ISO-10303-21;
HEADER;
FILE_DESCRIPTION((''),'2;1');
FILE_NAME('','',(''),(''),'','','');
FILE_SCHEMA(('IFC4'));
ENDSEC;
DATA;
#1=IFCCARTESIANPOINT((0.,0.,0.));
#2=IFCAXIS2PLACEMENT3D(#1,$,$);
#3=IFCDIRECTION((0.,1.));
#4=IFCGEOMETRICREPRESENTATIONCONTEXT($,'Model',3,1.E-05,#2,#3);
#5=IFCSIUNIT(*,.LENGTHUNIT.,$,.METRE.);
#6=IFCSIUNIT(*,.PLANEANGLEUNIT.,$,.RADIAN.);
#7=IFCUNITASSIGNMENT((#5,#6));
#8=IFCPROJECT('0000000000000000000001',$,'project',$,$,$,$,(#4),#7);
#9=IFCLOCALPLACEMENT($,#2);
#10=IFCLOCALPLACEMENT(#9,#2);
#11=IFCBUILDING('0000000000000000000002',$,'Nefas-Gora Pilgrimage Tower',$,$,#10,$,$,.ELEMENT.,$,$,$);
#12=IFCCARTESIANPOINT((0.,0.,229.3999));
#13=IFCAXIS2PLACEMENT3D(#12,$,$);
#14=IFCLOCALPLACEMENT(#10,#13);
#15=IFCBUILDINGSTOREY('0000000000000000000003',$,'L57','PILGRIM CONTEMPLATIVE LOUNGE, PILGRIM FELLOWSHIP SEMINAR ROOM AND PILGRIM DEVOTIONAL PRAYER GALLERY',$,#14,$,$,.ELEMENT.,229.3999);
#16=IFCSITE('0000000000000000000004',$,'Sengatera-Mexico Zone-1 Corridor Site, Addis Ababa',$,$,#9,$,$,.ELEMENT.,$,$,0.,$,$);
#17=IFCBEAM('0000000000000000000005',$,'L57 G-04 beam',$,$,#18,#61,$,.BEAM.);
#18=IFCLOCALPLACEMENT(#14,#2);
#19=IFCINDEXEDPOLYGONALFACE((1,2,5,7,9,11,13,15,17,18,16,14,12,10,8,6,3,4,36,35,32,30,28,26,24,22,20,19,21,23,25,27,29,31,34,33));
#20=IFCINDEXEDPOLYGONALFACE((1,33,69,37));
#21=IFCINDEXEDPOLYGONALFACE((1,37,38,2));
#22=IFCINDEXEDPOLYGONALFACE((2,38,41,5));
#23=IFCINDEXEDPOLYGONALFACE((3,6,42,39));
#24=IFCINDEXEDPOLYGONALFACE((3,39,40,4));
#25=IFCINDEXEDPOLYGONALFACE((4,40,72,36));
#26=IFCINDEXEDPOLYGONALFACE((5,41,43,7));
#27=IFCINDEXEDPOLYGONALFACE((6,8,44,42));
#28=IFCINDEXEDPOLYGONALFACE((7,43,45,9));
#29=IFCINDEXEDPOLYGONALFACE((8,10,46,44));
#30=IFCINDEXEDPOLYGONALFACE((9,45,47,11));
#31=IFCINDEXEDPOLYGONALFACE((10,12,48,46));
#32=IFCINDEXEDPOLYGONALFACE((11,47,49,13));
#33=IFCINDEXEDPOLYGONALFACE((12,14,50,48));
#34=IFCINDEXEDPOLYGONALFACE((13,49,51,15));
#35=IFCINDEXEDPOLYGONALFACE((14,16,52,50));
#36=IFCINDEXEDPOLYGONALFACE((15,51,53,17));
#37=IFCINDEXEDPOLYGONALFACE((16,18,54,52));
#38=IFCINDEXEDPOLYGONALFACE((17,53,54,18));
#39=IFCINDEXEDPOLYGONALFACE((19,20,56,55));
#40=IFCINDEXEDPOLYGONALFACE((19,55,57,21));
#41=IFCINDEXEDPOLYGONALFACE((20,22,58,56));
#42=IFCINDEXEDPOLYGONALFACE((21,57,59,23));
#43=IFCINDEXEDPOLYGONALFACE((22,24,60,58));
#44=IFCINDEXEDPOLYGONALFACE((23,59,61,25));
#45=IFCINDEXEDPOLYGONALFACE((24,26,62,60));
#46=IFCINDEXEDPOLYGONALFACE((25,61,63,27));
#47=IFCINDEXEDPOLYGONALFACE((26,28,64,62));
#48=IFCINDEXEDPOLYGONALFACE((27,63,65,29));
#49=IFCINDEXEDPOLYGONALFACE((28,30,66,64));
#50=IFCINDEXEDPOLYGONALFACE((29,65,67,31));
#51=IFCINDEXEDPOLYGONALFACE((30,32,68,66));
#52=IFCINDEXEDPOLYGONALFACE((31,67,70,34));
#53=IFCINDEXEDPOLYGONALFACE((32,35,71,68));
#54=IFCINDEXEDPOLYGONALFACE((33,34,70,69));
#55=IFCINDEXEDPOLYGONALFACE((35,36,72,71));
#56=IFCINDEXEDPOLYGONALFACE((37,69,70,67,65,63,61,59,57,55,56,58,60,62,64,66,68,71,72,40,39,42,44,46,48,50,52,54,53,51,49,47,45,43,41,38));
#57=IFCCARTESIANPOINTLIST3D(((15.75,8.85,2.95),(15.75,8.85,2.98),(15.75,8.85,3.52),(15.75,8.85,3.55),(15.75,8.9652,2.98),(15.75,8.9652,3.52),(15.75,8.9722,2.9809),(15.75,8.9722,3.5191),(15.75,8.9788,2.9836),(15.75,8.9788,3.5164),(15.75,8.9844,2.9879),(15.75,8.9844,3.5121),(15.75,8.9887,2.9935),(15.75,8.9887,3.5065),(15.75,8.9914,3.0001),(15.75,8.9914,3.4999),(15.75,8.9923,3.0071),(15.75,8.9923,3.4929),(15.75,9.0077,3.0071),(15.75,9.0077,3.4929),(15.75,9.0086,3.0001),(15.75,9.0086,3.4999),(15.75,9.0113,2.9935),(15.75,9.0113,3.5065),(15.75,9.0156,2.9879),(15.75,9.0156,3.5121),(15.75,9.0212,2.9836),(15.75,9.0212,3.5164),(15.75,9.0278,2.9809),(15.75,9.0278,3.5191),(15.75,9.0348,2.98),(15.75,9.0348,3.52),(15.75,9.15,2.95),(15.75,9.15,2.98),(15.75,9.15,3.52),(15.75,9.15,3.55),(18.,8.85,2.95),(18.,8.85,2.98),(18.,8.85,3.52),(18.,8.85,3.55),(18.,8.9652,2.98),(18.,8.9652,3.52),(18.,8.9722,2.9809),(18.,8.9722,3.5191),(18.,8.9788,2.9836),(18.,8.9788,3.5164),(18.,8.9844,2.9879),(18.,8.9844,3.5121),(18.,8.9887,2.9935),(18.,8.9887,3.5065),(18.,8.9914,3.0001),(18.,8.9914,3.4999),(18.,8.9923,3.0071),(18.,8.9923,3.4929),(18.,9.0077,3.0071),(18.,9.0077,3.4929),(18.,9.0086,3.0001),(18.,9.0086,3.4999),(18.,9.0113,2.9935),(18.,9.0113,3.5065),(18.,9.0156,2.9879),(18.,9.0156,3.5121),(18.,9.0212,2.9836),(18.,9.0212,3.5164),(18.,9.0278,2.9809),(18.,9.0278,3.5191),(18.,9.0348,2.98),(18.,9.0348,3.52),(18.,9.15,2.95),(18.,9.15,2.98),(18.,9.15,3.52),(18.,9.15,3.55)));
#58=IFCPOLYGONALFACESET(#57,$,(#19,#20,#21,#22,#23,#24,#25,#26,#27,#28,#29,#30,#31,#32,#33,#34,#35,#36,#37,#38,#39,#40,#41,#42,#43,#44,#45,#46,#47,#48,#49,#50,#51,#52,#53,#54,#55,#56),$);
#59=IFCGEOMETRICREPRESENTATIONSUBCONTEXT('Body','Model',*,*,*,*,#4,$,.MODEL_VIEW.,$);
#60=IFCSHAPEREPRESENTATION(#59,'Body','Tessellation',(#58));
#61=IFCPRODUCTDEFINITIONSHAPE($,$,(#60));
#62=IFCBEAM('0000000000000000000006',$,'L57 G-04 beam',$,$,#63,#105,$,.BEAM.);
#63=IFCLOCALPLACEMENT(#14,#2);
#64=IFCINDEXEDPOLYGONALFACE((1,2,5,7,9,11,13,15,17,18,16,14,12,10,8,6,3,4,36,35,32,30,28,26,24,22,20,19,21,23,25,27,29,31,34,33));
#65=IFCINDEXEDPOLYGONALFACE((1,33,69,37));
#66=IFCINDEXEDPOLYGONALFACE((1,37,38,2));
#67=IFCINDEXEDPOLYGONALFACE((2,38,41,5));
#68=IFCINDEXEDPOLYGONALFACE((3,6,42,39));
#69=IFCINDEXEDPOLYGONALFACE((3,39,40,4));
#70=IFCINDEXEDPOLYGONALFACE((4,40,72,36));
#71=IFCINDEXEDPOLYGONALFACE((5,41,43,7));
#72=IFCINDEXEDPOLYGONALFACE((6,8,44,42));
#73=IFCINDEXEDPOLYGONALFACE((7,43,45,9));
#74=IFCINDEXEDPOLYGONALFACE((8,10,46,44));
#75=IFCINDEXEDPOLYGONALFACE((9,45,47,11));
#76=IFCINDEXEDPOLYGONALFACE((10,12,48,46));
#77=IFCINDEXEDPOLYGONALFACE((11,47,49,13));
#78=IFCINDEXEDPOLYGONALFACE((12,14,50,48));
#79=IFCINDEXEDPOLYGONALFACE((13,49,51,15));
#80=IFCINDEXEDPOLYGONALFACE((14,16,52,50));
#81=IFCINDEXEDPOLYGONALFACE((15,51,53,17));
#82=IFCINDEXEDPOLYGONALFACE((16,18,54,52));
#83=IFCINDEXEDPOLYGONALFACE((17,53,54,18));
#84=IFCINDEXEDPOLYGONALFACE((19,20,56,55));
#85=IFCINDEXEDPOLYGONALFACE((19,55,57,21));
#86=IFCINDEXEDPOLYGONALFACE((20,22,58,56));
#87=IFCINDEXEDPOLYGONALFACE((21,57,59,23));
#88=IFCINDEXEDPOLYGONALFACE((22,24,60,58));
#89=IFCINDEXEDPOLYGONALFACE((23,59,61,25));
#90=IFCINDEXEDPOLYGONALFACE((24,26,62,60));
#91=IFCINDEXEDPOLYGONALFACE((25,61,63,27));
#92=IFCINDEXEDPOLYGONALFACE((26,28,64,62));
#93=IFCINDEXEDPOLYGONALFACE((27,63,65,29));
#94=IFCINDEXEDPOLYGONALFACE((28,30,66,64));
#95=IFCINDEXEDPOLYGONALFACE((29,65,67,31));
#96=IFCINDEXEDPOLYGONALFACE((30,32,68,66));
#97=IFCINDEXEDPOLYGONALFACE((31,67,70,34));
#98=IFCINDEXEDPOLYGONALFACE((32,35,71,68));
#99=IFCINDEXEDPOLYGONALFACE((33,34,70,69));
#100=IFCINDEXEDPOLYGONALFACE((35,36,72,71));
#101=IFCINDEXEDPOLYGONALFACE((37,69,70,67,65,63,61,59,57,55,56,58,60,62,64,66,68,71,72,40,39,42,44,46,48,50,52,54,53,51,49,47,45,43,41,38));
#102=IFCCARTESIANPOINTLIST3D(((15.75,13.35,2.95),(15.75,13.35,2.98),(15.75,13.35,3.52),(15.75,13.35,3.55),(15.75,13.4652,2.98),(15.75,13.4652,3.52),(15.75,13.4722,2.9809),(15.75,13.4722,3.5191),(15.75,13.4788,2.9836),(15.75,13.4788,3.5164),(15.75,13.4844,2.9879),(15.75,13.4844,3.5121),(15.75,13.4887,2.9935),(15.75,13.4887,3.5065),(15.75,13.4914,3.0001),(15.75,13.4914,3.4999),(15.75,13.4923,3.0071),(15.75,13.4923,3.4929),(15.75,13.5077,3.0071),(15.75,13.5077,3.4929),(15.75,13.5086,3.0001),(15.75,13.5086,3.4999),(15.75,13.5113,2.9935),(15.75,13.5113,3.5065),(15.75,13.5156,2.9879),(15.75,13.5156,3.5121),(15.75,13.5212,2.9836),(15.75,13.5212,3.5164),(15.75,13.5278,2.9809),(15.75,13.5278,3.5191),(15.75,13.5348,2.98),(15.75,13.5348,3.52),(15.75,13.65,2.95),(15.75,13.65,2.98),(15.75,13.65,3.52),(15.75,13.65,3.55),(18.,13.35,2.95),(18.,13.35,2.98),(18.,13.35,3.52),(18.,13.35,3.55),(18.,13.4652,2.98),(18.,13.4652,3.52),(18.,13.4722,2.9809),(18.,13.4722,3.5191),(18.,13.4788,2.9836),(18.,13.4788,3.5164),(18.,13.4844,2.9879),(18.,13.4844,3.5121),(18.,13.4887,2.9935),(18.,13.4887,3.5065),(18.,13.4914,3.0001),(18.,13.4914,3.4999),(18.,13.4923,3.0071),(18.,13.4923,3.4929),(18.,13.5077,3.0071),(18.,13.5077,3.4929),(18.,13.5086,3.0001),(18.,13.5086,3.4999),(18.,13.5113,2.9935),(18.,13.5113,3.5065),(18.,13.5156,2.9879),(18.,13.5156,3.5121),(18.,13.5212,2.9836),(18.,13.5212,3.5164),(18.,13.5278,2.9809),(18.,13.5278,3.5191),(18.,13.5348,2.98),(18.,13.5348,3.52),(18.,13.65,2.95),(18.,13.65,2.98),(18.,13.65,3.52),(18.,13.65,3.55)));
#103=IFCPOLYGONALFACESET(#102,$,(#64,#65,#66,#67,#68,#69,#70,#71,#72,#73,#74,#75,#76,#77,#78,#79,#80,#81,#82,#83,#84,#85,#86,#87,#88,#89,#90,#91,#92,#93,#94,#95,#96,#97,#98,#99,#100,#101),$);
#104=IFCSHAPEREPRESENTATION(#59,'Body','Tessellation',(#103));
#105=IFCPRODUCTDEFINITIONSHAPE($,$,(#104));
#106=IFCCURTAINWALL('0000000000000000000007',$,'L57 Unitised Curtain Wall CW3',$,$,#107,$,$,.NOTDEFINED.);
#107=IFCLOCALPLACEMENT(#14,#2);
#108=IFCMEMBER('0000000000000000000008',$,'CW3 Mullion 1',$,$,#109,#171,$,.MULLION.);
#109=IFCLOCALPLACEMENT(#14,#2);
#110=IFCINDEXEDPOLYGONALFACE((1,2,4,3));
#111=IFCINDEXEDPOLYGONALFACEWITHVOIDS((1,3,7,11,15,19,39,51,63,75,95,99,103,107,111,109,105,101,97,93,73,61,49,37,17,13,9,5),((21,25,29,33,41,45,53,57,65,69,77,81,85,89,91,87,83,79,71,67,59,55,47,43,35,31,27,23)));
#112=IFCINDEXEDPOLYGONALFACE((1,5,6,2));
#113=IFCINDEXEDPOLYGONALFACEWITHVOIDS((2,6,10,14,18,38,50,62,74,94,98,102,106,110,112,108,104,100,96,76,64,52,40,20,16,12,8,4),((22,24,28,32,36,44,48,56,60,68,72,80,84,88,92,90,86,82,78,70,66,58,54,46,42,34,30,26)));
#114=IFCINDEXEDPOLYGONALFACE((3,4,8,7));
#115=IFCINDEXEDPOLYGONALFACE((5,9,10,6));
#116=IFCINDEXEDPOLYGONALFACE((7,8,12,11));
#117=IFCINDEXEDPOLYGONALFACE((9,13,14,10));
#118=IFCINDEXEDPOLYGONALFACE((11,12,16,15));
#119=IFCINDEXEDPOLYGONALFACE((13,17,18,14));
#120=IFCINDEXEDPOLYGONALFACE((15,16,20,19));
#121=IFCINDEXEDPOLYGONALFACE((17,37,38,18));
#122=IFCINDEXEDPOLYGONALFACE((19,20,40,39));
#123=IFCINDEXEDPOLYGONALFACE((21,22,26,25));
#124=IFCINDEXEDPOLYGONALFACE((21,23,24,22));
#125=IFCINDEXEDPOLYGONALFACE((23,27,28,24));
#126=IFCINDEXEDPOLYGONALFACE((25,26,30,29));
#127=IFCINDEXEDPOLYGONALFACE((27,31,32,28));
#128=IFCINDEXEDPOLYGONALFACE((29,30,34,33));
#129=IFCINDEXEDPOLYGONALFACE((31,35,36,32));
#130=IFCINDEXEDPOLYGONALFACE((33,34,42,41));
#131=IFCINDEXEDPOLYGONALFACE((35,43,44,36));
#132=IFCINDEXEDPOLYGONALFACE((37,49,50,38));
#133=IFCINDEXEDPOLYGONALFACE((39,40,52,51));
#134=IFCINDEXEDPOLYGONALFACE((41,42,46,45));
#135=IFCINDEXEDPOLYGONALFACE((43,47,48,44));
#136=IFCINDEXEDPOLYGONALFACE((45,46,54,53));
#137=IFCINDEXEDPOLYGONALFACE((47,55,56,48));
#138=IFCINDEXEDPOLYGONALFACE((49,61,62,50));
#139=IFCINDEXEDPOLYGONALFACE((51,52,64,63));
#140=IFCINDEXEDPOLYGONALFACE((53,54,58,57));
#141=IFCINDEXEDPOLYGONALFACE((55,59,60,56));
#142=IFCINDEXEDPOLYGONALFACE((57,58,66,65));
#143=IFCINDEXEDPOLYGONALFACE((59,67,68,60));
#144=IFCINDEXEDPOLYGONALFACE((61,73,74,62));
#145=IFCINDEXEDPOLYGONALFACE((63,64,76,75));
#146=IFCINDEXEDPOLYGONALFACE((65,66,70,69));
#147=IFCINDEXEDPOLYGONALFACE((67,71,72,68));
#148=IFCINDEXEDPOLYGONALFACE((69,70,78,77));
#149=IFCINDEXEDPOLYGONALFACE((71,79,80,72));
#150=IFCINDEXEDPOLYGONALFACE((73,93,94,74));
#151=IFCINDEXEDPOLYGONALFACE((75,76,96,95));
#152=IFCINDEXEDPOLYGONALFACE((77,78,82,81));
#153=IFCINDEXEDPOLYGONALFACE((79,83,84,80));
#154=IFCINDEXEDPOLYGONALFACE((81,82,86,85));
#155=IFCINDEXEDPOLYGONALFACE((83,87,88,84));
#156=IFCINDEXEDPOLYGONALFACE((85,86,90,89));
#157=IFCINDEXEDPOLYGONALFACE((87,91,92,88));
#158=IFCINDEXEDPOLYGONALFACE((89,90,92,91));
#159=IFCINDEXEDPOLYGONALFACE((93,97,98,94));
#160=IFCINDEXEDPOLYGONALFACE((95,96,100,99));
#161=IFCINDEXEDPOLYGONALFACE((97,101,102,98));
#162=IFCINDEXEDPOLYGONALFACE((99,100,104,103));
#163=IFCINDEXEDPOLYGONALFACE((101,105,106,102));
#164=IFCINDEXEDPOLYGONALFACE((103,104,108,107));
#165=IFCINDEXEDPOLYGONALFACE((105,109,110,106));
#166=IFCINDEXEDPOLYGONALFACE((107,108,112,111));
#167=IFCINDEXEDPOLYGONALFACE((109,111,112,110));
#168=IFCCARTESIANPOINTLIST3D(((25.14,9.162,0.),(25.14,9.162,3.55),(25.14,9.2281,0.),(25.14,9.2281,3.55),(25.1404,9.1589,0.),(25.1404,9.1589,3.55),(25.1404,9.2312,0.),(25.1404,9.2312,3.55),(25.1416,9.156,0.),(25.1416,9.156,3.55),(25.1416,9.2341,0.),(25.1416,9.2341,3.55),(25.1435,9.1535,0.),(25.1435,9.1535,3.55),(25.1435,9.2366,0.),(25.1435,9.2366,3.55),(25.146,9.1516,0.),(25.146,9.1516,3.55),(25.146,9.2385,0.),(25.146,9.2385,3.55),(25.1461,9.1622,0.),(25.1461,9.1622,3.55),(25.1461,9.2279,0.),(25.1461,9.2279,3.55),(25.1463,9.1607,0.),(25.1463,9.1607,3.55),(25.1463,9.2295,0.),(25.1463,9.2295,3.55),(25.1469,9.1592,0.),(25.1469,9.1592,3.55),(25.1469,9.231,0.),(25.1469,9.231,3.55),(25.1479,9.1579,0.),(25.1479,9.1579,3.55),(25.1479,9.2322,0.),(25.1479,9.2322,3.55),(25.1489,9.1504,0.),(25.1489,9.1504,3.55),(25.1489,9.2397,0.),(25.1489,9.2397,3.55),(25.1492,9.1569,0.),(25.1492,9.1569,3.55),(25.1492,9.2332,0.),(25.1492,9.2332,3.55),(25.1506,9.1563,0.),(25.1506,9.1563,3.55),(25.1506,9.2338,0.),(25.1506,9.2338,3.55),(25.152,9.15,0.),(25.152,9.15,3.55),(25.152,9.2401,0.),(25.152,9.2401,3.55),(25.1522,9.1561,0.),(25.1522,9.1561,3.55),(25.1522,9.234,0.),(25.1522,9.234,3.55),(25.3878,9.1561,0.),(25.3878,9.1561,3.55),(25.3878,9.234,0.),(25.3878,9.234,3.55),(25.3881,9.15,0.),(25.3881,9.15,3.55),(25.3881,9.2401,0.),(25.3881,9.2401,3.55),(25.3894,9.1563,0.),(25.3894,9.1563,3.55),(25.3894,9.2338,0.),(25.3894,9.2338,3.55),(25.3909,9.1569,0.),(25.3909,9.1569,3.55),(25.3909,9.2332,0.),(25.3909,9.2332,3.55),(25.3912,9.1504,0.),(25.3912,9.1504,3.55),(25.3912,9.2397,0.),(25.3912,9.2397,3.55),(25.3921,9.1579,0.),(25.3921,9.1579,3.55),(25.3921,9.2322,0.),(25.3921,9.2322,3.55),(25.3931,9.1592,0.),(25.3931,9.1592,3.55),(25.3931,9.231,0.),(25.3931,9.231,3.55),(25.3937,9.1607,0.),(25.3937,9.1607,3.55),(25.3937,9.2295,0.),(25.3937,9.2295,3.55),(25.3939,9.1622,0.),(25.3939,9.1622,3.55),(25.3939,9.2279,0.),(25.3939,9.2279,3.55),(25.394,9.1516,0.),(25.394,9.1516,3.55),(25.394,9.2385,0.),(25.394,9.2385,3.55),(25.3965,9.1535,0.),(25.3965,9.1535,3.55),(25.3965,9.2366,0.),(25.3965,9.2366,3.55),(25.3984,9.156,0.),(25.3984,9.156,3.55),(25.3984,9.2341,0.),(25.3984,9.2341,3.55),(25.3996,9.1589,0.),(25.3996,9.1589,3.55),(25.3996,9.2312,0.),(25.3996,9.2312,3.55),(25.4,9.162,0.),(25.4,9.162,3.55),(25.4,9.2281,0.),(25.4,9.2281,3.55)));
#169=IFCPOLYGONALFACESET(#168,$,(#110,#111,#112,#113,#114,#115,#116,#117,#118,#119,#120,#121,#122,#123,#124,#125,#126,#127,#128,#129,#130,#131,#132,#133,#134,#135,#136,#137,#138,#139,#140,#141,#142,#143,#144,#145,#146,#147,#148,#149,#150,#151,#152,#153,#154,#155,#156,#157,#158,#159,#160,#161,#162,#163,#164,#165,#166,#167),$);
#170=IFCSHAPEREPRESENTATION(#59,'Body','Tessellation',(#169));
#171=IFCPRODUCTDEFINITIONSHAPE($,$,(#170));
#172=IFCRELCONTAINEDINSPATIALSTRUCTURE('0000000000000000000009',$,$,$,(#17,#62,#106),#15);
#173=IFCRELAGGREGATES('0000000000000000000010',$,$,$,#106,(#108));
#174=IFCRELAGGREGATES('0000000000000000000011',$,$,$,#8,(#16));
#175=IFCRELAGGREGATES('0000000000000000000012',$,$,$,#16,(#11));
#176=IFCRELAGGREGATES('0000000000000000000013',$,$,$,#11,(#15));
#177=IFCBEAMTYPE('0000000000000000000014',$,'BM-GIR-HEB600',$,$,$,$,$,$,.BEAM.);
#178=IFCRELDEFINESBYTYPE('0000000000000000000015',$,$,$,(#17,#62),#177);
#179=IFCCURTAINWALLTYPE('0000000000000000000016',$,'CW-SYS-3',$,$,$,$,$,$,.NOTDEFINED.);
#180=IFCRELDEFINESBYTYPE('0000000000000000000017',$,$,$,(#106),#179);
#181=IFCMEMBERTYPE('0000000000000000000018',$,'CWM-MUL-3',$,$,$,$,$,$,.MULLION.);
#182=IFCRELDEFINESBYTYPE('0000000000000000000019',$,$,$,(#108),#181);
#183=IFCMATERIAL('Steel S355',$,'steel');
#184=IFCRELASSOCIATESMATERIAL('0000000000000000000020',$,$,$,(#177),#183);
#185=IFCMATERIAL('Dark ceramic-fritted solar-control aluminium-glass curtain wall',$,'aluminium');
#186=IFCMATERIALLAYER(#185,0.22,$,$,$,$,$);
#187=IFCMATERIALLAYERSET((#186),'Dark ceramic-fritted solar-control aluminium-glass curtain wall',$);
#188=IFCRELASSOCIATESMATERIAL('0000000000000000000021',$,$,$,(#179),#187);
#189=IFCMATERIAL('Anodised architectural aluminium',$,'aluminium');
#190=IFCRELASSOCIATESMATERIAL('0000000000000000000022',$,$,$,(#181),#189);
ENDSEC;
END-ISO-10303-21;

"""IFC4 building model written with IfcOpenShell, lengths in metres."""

from ifc_helpers import new_model, si_unit, direction, frame, origin, origin_2d, place, context, subcontext, project, spatial, hollow_rectangle, i_section, extrude, source, transform, mapped, material, layer, layer_set, material_profile, profile_set, type_object, element, aggregate, save


model = new_model("IFC4")

# Units and contexts
model_context = context("Model", 3, precision=1e-05, world=origin(), true_north=direction((0.0, 1.0)))
body_context = subcontext(model_context, "Body", "Model", "MODEL_VIEW")
ifc_project = project(units=[si_unit("LENGTHUNIT", "METRE"), si_unit("PLANEANGLEUNIT", "RADIAN")], contexts=[model_context])

# Site, building, storey
site_placement = place(None, origin())
site = spatial("IfcSite", under=ifc_project, at=site_placement, Name="Sengatera-Mexico Zone-1 Corridor Site, Addis Ababa", CompositionType="ELEMENT", RefElevation=0.0)
building_placement = place(site_placement, origin())
building = spatial("IfcBuilding", under=site, at=building_placement, Name="Nefas-Gora Pilgrimage Tower", CompositionType="ELEMENT")
storey_placement = place(building_placement, frame((0.0, 0.0, 229.3999)))
storey = spatial("IfcBuildingStorey", under=building, at=storey_placement, Name="L57", Description="PILGRIM CONTEMPLATIVE LOUNGE, PILGRIM FELLOWSHIP SEMINAR ROOM AND PILGRIM DEVOTIONAL PRAYER GALLERY", CompositionType="ELEMENT", Elevation=229.3999)

# Beams
ifc_material_1 = material(Name="Steel S355", Category="steel")
ifc_material_profile_1 = material_profile(ifc_material_1, i_section(OverallWidth=0.3, OverallDepth=0.6001, WebThickness=0.0154, FlangeThickness=0.03, FilletRadius=0.0271, at=origin_2d()), Name="HEB 600")
ifc_profile_set_1 = profile_set([ifc_material_profile_1], Name="Steel S355")
beam_type_1 = type_object("IfcBeamType", Name="BM-GIR-HEB600", PredefinedType="BEAM", material=ifc_profile_set_1)
shared_shape_1 = source(origin(), body_context, "Body", "SweptSolid", [
    extrude(i_section(OverallWidth=0.3, OverallDepth=0.6001, WebThickness=0.0154, FlangeThickness=0.03, FilletRadius=0.0271, at=origin_2d()), origin(), (0.0, 0.0, 1.0), 2.25),
])
for number, where, z_axis, x_axis, name in (
    (1, (15.75, 9.0, 3.25), (1.0, 0.0, 0.0), (0.0, 1.0, 0.0), "L57 G-04 beam"),
    (2, (15.75, 13.5, 3.25), (1.0, 0.0, 0.0), (0.0, 1.0, 0.0), "L57 G-04 beam"),
):
    element("IfcBeam", number, at=place(storey_placement, frame(where, z_axis=z_axis, x_axis=x_axis)), inside=storey, type_object=beam_type_1, Name=name, PredefinedType="BEAM", context=body_context, shape_type="MappedRepresentation", body=[
        mapped(shared_shape_1, transform((0.0, 0.0, 0.0), x_axis=(1.0, 0.0, 0.0), y_axis=(0.0, 1.0, 0.0), z_axis=(0.0, 0.0, 1.0), scale=1.0)),
    ])

# Curtain wall, member
ifc_material_2 = material(Name="Dark ceramic-fritted solar-control aluminium-glass curtain wall", Category="aluminium")
ifc_layer_1 = layer(ifc_material_2, 0.22)
ifc_layer_set_1 = layer_set([ifc_layer_1], Name="Dark ceramic-fritted solar-control aluminium-glass curtain wall")
curtain_wall_type = type_object("IfcCurtainWallType", Name="CW-SYS-3", PredefinedType="NOTDEFINED", material=ifc_layer_set_1)
curtain_wall_1_placement = place(storey_placement, origin())
curtain_wall_1 = element("IfcCurtainWall", 3, at=curtain_wall_1_placement, inside=storey, type_object=curtain_wall_type, Name="L57 Unitised Curtain Wall CW3", PredefinedType="NOTDEFINED")
ifc_material_3 = material(Name="Anodised architectural aluminium", Category="aluminium")
ifc_material_profile_2 = material_profile(ifc_material_3, hollow_rectangle(XDim=0.0901, YDim=0.26, WallThickness=0.0061, InnerFilletRadius=0.0061, OuterFilletRadius=0.012, at=origin_2d()), Name="ALU MULLION 90x260")
ifc_profile_set_2 = profile_set([ifc_material_profile_2], Name="Anodised architectural aluminium")
member_type_1 = type_object("IfcMemberType", Name="CWM-MUL-3", PredefinedType="MULLION", material=ifc_profile_set_2)
shared_shape_2 = source(origin(), body_context, "Body", "SweptSolid", [
    extrude(hollow_rectangle(XDim=0.0901, YDim=0.26, WallThickness=0.0061, InnerFilletRadius=0.0061, OuterFilletRadius=0.012, at=origin_2d()), origin(), (0.0, 0.0, 1.0), 3.55),
])
member_1_placement = place(storey_placement, frame((25.27, 9.1951, 0.0), z_axis=(0.0, 0.0, 1.0), x_axis=(0.0, 1.0, 0.0)))
member_1 = element("IfcMember", 4, at=member_1_placement, type_object=member_type_1, Name="CW3 Mullion 1", PredefinedType="MULLION", context=body_context, shape_type="MappedRepresentation", body=[
    mapped(shared_shape_2, transform((0.0, 0.0, 0.0), x_axis=(1.0, 0.0, 0.0), y_axis=(0.0, 1.0, 0.0), z_axis=(0.0, 0.0, 1.0), scale=1.0)),
])

aggregate(curtain_wall_1, [member_1])

save(model, "model.ifc")
